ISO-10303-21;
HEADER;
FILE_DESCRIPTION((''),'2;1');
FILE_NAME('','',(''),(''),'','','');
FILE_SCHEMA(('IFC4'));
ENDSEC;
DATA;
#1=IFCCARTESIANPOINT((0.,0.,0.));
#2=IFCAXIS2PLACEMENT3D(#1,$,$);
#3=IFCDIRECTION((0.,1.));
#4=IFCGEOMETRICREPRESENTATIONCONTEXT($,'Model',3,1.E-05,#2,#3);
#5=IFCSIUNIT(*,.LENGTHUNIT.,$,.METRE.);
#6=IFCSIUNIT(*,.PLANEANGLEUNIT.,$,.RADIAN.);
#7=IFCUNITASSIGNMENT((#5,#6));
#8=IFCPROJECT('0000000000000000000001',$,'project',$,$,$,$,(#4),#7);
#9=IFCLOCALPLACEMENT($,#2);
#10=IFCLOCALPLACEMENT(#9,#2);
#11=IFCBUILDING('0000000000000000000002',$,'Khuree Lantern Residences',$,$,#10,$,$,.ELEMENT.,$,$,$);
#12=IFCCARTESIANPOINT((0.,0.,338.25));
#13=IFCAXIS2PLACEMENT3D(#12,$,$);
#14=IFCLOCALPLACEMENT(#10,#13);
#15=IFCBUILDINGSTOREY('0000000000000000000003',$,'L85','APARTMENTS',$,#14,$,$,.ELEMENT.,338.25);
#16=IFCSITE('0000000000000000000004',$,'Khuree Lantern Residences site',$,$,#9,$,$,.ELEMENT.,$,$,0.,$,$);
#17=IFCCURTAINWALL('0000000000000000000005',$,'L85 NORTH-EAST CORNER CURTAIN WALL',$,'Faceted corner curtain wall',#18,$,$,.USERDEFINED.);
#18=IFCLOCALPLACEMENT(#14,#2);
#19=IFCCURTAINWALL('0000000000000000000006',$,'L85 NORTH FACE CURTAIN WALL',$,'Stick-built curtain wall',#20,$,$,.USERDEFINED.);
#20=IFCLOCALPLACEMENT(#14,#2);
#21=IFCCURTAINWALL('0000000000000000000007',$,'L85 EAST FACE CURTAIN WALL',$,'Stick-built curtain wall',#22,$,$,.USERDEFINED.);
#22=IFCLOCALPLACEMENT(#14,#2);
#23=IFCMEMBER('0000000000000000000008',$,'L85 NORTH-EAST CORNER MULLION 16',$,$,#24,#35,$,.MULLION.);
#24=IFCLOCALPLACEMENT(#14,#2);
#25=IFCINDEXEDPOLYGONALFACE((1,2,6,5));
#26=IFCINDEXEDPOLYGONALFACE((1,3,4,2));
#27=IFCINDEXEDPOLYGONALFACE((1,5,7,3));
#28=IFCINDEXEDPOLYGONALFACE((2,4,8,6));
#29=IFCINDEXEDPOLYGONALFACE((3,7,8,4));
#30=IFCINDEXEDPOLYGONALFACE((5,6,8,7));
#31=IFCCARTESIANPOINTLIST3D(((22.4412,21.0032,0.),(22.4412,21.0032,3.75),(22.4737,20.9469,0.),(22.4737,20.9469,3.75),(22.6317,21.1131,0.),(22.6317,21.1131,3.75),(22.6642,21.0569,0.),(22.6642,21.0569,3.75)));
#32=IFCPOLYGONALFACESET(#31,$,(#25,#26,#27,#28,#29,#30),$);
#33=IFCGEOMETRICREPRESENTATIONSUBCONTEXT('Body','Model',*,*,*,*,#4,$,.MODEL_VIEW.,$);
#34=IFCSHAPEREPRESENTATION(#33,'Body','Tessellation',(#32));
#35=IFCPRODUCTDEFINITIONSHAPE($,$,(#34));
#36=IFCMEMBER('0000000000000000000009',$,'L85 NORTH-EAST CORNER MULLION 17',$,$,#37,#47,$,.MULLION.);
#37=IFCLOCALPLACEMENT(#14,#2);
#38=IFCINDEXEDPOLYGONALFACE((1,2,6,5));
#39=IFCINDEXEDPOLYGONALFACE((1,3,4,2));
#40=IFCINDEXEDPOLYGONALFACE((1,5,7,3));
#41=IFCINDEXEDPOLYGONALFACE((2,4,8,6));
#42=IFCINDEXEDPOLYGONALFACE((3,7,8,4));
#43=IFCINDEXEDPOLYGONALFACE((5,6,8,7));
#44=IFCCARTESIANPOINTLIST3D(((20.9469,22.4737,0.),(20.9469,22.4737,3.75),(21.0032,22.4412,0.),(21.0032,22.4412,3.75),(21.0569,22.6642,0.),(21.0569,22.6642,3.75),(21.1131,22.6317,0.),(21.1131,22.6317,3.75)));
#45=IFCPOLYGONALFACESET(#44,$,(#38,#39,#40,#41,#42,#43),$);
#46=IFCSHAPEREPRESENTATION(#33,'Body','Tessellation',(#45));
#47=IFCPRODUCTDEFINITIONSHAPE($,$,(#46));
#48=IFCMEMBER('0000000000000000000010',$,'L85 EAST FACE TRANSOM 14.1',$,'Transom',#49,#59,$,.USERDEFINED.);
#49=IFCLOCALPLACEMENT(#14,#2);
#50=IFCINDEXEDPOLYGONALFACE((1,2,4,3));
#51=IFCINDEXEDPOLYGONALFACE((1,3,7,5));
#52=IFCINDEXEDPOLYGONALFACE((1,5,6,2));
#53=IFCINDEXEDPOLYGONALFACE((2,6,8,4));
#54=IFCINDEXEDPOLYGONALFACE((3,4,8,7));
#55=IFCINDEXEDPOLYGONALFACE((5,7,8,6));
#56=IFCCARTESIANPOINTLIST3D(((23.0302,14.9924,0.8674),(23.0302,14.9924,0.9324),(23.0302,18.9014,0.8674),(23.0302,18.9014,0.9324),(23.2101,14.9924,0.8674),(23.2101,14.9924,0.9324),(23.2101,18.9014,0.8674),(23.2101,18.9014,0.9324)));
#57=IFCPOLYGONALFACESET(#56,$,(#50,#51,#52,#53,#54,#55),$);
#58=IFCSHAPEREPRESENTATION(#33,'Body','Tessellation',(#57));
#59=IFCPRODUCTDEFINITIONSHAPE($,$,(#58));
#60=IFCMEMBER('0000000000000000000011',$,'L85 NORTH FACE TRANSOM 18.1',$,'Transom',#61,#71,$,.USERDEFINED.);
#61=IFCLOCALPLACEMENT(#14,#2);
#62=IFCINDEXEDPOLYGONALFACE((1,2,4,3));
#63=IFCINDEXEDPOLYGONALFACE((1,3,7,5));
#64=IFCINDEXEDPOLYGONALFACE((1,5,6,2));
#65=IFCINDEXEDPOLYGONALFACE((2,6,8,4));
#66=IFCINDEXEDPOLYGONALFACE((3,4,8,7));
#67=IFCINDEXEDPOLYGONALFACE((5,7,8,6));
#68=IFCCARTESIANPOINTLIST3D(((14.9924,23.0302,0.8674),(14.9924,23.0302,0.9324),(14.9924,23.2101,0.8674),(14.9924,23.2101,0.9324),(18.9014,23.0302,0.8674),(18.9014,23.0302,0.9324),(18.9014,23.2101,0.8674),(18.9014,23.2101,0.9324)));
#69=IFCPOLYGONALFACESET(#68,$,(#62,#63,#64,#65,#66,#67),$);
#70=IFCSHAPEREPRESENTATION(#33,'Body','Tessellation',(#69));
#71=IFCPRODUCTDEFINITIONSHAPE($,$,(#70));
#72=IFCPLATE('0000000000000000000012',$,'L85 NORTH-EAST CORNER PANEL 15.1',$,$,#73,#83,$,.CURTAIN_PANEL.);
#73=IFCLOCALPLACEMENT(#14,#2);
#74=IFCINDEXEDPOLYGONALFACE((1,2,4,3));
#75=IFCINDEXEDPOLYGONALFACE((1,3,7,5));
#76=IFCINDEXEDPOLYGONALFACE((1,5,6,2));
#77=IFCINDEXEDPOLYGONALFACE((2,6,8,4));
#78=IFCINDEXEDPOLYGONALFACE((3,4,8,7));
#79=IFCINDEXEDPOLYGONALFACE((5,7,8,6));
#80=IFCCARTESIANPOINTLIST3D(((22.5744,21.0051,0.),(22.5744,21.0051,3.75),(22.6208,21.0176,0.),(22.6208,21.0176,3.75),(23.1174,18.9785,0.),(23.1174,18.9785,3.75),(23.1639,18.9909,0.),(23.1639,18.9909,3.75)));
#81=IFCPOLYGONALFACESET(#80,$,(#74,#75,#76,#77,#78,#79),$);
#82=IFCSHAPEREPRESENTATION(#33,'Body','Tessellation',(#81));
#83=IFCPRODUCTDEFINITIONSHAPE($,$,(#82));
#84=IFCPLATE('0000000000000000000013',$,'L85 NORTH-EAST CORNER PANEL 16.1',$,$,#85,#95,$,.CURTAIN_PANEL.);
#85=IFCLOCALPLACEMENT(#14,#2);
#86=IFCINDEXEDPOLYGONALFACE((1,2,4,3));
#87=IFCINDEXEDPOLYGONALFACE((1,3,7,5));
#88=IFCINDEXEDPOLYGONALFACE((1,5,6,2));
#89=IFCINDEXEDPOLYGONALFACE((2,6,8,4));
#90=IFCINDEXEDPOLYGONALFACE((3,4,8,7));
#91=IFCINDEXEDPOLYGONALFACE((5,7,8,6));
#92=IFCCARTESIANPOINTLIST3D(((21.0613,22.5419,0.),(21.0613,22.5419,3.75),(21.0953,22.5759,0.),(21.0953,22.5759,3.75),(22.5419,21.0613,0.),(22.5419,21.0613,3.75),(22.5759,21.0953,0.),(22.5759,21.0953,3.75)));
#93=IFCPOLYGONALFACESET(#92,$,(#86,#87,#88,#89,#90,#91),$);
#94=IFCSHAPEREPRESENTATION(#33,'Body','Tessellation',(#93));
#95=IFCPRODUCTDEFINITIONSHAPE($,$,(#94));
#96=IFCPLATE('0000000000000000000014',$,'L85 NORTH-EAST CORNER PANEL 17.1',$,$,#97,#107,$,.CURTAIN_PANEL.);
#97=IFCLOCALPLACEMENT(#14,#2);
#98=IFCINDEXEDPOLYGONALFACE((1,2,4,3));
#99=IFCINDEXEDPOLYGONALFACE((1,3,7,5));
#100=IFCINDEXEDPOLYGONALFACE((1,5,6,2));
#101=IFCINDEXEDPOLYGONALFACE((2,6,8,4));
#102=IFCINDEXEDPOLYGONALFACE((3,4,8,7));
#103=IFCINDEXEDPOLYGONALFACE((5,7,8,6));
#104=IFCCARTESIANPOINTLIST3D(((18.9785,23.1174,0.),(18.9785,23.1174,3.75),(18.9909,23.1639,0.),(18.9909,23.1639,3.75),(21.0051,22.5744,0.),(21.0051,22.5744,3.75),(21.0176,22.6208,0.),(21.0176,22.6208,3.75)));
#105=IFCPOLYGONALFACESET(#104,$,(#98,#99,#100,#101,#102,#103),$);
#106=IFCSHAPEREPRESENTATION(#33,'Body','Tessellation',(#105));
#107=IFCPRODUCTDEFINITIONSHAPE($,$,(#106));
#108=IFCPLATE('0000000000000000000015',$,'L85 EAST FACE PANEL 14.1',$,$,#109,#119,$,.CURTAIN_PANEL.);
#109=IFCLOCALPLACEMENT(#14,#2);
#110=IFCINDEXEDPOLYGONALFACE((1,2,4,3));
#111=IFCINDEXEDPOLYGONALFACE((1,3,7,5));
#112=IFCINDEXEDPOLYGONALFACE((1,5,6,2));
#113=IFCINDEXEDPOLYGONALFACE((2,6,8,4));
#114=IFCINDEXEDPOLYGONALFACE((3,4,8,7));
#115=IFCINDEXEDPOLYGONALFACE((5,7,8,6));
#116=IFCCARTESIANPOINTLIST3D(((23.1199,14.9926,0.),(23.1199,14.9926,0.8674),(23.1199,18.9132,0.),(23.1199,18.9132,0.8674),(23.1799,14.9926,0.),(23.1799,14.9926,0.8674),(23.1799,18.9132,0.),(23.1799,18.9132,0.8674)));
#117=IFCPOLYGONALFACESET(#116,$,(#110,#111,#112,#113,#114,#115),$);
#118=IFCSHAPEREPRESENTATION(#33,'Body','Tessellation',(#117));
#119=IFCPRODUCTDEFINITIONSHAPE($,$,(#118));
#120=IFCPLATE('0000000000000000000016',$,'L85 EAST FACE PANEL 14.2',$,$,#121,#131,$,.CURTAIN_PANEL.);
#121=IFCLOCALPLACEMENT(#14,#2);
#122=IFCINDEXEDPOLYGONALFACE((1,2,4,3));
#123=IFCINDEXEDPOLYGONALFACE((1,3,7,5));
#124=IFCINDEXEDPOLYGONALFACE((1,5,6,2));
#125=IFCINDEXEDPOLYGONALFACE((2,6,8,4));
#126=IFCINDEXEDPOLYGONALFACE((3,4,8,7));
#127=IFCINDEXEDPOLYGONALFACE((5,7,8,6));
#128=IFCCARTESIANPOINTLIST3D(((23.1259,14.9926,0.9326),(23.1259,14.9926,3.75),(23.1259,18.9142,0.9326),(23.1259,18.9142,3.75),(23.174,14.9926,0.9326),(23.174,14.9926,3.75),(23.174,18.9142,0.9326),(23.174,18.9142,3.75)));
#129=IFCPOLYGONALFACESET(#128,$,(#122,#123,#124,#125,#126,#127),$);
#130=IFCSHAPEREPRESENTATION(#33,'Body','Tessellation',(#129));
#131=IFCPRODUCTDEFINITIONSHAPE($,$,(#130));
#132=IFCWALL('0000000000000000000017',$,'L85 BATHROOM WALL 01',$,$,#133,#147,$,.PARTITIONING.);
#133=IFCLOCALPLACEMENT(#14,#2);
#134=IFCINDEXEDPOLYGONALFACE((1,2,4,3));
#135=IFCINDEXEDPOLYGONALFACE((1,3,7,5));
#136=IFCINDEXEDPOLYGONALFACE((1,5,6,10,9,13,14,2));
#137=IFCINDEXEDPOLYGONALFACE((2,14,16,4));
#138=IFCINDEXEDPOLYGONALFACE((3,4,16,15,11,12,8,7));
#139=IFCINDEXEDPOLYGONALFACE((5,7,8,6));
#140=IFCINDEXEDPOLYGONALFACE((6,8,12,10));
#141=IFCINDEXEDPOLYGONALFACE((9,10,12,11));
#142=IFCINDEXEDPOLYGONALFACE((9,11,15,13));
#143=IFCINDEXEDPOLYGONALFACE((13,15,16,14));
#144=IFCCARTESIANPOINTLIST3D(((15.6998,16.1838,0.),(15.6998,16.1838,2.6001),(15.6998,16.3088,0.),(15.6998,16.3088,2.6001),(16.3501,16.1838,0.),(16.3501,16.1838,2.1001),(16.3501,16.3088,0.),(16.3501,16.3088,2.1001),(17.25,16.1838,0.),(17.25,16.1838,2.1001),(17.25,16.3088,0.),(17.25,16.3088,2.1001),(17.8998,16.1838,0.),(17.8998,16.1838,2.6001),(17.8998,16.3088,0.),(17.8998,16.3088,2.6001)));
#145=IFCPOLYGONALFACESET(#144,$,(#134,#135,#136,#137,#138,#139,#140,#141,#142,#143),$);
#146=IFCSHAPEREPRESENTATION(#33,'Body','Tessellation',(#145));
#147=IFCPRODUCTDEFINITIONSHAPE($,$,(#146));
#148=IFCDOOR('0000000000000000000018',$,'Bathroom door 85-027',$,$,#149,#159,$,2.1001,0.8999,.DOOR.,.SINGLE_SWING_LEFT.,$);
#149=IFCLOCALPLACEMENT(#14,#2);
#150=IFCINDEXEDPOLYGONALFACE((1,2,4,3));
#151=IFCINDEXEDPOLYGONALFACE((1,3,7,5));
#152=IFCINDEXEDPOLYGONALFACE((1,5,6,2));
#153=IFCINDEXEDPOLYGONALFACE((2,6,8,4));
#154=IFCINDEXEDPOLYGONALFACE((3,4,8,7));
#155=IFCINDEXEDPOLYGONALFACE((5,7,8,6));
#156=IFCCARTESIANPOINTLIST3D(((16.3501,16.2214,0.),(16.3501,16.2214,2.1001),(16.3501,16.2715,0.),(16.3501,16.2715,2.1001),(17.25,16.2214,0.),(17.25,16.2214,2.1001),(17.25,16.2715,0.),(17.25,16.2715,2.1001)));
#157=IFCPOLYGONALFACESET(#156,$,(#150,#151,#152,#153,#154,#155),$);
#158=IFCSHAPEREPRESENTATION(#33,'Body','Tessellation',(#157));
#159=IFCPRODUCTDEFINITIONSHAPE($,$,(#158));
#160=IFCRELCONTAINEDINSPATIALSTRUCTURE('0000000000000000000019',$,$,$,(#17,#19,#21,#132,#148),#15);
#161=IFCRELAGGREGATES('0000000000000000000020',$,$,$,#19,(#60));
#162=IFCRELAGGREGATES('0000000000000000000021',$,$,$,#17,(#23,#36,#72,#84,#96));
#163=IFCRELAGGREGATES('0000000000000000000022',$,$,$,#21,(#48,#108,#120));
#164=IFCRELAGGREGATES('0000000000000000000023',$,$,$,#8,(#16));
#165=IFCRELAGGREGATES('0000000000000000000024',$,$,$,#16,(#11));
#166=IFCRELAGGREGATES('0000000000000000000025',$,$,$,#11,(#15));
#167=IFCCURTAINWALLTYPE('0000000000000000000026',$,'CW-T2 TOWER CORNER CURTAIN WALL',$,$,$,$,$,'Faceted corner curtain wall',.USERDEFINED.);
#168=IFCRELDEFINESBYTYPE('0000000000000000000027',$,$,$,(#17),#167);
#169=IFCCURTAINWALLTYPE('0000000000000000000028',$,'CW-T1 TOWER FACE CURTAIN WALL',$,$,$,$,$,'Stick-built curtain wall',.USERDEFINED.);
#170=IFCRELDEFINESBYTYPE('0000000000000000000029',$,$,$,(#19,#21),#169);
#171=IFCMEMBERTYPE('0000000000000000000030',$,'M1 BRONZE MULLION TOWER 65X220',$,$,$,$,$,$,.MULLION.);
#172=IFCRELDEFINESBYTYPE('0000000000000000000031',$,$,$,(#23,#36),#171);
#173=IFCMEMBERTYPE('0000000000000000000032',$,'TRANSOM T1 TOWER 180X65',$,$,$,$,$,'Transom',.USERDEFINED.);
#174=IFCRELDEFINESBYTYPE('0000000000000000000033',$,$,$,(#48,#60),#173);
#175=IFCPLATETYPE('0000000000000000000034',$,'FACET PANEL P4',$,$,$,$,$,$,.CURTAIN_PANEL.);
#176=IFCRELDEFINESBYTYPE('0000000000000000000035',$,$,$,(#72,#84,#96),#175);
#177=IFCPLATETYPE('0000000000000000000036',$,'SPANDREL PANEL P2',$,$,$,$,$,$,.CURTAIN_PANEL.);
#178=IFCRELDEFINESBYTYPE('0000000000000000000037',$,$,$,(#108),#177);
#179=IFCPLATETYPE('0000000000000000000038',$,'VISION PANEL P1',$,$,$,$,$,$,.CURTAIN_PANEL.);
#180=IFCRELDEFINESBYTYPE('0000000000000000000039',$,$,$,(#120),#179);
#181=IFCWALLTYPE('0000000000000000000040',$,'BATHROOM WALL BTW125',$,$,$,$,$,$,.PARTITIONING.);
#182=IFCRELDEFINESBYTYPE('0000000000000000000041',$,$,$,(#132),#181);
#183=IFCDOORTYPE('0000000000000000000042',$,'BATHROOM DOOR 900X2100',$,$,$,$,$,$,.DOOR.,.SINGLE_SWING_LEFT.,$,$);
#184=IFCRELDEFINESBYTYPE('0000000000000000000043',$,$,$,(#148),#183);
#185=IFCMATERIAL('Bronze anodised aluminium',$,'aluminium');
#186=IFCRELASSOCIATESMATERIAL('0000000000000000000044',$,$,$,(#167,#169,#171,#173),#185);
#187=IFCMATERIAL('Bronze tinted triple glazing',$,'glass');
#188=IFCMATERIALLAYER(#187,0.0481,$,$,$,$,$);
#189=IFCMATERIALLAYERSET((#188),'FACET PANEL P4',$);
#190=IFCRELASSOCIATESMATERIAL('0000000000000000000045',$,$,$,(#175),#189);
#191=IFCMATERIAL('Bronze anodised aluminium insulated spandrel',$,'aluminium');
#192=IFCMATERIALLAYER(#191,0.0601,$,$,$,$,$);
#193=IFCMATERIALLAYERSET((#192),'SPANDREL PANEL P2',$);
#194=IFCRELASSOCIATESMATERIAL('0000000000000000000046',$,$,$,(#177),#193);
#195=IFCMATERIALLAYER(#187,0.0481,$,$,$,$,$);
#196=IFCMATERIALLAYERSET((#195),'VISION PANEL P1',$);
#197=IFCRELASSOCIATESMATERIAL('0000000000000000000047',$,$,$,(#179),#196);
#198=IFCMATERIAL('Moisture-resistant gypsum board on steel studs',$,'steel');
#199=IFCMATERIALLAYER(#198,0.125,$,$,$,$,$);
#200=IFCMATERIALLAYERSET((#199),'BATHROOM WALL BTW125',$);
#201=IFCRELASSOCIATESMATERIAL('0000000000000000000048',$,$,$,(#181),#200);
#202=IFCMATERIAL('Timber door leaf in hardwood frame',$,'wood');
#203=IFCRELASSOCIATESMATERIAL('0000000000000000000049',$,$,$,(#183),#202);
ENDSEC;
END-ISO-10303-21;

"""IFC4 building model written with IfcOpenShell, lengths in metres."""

from ifc_helpers import new_model, si_unit, direction, frame, frame_2d, origin, origin_2d, place, context, subcontext, project, spatial, rectangle, extrude, material, layer, layer_set, material_profile, profile_set, type_object, element, fill, aggregate, save


model = new_model("IFC4")

# Units and contexts
model_context = context("Model", 3, precision=1e-05, world=origin(), true_north=direction((0.0, 1.0)))
body_context = subcontext(model_context, "Body", "Model", "MODEL_VIEW")
ifc_project = project(units=[si_unit("LENGTHUNIT", "METRE"), si_unit("PLANEANGLEUNIT", "RADIAN")], contexts=[model_context])

# Site, building, storey
site_placement = place(None, origin())
site = spatial("IfcSite", under=ifc_project, at=site_placement, Name="Khuree Lantern Residences site", CompositionType="ELEMENT", RefElevation=0.0)
building_placement = place(site_placement, origin())
building = spatial("IfcBuilding", under=site, at=building_placement, Name="Khuree Lantern Residences", CompositionType="ELEMENT")
storey_placement = place(building_placement, frame((0.0, 0.0, 338.25)))
storey = spatial("IfcBuildingStorey", under=building, at=storey_placement, Name="L85", Description="APARTMENTS", CompositionType="ELEMENT", Elevation=338.25)

# Curtain walls
ifc_material_1 = material(Name="Bronze anodised aluminium", Category="aluminium")
curtain_wall_type_1 = type_object("IfcCurtainWallType", Name="CW-T2 TOWER CORNER CURTAIN WALL", ElementType="Faceted corner curtain wall", PredefinedType="USERDEFINED", material=ifc_material_1)
curtain_wall_1_placement = place(storey_placement, origin())
curtain_wall_1 = element("IfcCurtainWall", 1, at=curtain_wall_1_placement, inside=storey, type_object=curtain_wall_type_1, Name="L85 NORTH-EAST CORNER CURTAIN WALL", ObjectType="Faceted corner curtain wall", PredefinedType="USERDEFINED")
curtain_wall_type_2 = type_object("IfcCurtainWallType", Name="CW-T1 TOWER FACE CURTAIN WALL", ElementType="Stick-built curtain wall", PredefinedType="USERDEFINED", material=ifc_material_1)
curtain_wall_2_placement = place(storey_placement, origin())
curtain_wall_2 = element("IfcCurtainWall", 2, at=curtain_wall_2_placement, inside=storey, type_object=curtain_wall_type_2, Name="L85 NORTH FACE CURTAIN WALL", ObjectType="Stick-built curtain wall", PredefinedType="USERDEFINED")

# Curtain wall
curtain_wall_3_placement = place(storey_placement, origin())
curtain_wall_3 = element("IfcCurtainWall", 3, at=curtain_wall_3_placement, inside=storey, type_object=curtain_wall_type_2, Name="L85 EAST FACE CURTAIN WALL", ObjectType="Stick-built curtain wall", PredefinedType="USERDEFINED")
ifc_material_profile_1 = material_profile(ifc_material_1, rectangle(XDim=0.0649, YDim=0.22, at=origin_2d()), Name="M1 65X220")
ifc_profile_set_1 = profile_set([ifc_material_profile_1], Name="Bronze anodised aluminium")
member_type_1 = type_object("IfcMemberType", Name="M1 BRONZE MULLION TOWER 65X220", PredefinedType="MULLION", material=ifc_profile_set_1)

# Members
member_1_placement = place(storey_placement, frame((22.5527, 21.03, 0.0), z_axis=(0.0, 0.0, 1.0), x_axis=(-0.5, 0.866025, 0.0)))
member_1 = element("IfcMember", 4, at=member_1_placement, type_object=member_type_1, Name="L85 NORTH-EAST CORNER MULLION 16", PredefinedType="MULLION", context=body_context, shape_type="SweptSolid", body=[
    extrude(rectangle(XDim=0.0649, YDim=0.22, at=origin_2d()), origin(), (0.0, 0.0, 1.0), 3.75),
])
member_2_placement = place(storey_placement, frame((21.03, 22.5527, 0.0), z_axis=(0.0, 0.0, 1.0), x_axis=(-0.866025, 0.5, 0.0)))
member_2 = element("IfcMember", 5, at=member_2_placement, type_object=member_type_1, Name="L85 NORTH-EAST CORNER MULLION 17", PredefinedType="MULLION", context=body_context, shape_type="SweptSolid", body=[
    extrude(rectangle(XDim=0.0649, YDim=0.22, at=origin_2d()), origin(), (0.0, 0.0, 1.0), 3.75),
])
ifc_material_profile_2 = material_profile(ifc_material_1, rectangle(XDim=0.1799, YDim=0.0649, at=origin_2d()), Name="T1 180X65")
ifc_profile_set_2 = profile_set([ifc_material_profile_2], Name="Bronze anodised aluminium")
member_type_2 = type_object("IfcMemberType", Name="TRANSOM T1 TOWER 180X65", ElementType="Transom", PredefinedType="USERDEFINED", material=ifc_profile_set_2)
member_3_placement = place(storey_placement, frame((23.1201, 14.9924, 0.8999), z_axis=(0.0, 1.0, 0.0), x_axis=(-1.0, 0.0, 0.0)))
member_3 = element("IfcMember", 6, at=member_3_placement, type_object=member_type_2, Name="L85 EAST FACE TRANSOM 14.1", ObjectType="Transom", PredefinedType="USERDEFINED", context=body_context, shape_type="SweptSolid", body=[
    extrude(rectangle(XDim=0.1799, YDim=0.0649, at=origin_2d()), origin(), (0.0, 0.0, 1.0), 3.9089),
])
member_4_placement = place(storey_placement, frame((18.9014, 23.1201, 0.8999), z_axis=(-1.0, 0.0, 0.0), x_axis=(0.0, -1.0, 0.0)))
member_4 = element("IfcMember", 7, at=member_4_placement, type_object=member_type_2, Name="L85 NORTH FACE TRANSOM 18.1", ObjectType="Transom", PredefinedType="USERDEFINED", context=body_context, shape_type="SweptSolid", body=[
    extrude(rectangle(XDim=0.1799, YDim=0.0649, at=origin_2d()), origin(), (0.0, 0.0, 1.0), 3.9089),
])
aggregate(curtain_wall_2, [member_4])

# Plates
ifc_material_2 = material(Name="Bronze tinted triple glazing", Category="glass")
ifc_layer_1 = layer(ifc_material_2, 0.0481)
ifc_layer_set_1 = layer_set([ifc_layer_1], Name="FACET PANEL P4")
plate_type_1 = type_object("IfcPlateType", Name="FACET PANEL P4", PredefinedType="CURTAIN_PANEL", material=ifc_layer_set_1)
plate_1_placement = place(storey_placement, frame((22.8691, 19.998, 0.0), z_axis=(0.0, 0.0, 1.0), x_axis=(-0.258819, 0.965926, 0.0)))
plate_1 = element("IfcPlate", 8, at=plate_1_placement, type_object=plate_type_1, Name="L85 NORTH-EAST CORNER PANEL 15.1", PredefinedType="CURTAIN_PANEL", context=body_context, shape_type="SweptSolid", body=[
    extrude(rectangle(XDim=2.0981, YDim=0.0481, at=origin_2d()), origin(), (0.0, 0.0, 1.0), 3.75),
])
plate_2_placement = place(storey_placement, frame((21.8186, 21.8186, 0.0), z_axis=(0.0, 0.0, 1.0), x_axis=(-0.707107, 0.707107, 0.0)))
plate_2 = element("IfcPlate", 9, at=plate_2_placement, type_object=plate_type_1, Name="L85 NORTH-EAST CORNER PANEL 16.1", PredefinedType="CURTAIN_PANEL", context=body_context, shape_type="SweptSolid", body=[
    extrude(rectangle(XDim=2.094, YDim=0.0481, at=origin_2d()), origin(), (0.0, 0.0, 1.0), 3.75),
])
plate_3_placement = place(storey_placement, frame((19.998, 22.8691, 0.0), z_axis=(0.0, 0.0, 1.0), x_axis=(-0.965926, 0.258819, 0.0)))
plate_3 = element("IfcPlate", 10, at=plate_3_placement, type_object=plate_type_1, Name="L85 NORTH-EAST CORNER PANEL 17.1", PredefinedType="CURTAIN_PANEL", context=body_context, shape_type="SweptSolid", body=[
    extrude(rectangle(XDim=2.0981, YDim=0.0481, at=origin_2d()), origin(), (0.0, 0.0, 1.0), 3.75),
])
aggregate(curtain_wall_1, [member_1, member_2, plate_1, plate_2, plate_3])
ifc_material_3 = material(Name="Bronze anodised aluminium insulated spandrel", Category="aluminium")
ifc_layer_2 = layer(ifc_material_3, 0.0601)
ifc_layer_set_2 = layer_set([ifc_layer_2], Name="SPANDREL PANEL P2")
plate_type_2 = type_object("IfcPlateType", Name="SPANDREL PANEL P2", PredefinedType="CURTAIN_PANEL", material=ifc_layer_set_2)
plate_4_placement = place(storey_placement, frame((23.1499, 16.9529, 0.0), z_axis=(0.0, 0.0, 1.0), x_axis=(0.0, 1.0, 0.0)))
plate_4 = element("IfcPlate", 11, at=plate_4_placement, type_object=plate_type_2, Name="L85 EAST FACE PANEL 14.1", PredefinedType="CURTAIN_PANEL", context=body_context, shape_type="SweptSolid", body=[
    extrude(rectangle(XDim=3.9207, YDim=0.0601, at=origin_2d()), origin(), (0.0, 0.0, 1.0), 0.8674),
])
ifc_layer_3 = layer(ifc_material_2, 0.0481)
ifc_layer_set_3 = layer_set([ifc_layer_3], Name="VISION PANEL P1")
plate_type_3 = type_object("IfcPlateType", Name="VISION PANEL P1", PredefinedType="CURTAIN_PANEL", material=ifc_layer_set_3)
plate_5_placement = place(storey_placement, frame((23.1499, 16.9534, 0.9326), z_axis=(0.0, 0.0, 1.0), x_axis=(0.0, 1.0, 0.0)))
plate_5 = element("IfcPlate", 12, at=plate_5_placement, type_object=plate_type_3, Name="L85 EAST FACE PANEL 14.2", PredefinedType="CURTAIN_PANEL", context=body_context, shape_type="SweptSolid", body=[
    extrude(rectangle(XDim=3.9216, YDim=0.0481, at=origin_2d()), origin(), (0.0, 0.0, 1.0), 2.8174),
])
aggregate(curtain_wall_3, [member_3, plate_4, plate_5])

# Wall, opening, door
ifc_material_4 = material(Name="Moisture-resistant gypsum board on steel studs", Category="steel")
ifc_layer_4 = layer(ifc_material_4, 0.125)
ifc_layer_set_4 = layer_set([ifc_layer_4], Name="BATHROOM WALL BTW125")
wall_type = type_object("IfcWallType", Name="BATHROOM WALL BTW125", PredefinedType="PARTITIONING", material=ifc_layer_set_4)
wall_placement = place(storey_placement, frame((17.8999, 16.2463, 0.0), z_axis=(0.0, 0.0, 1.0), x_axis=(-1.0, 0.0, 0.0)))
wall = element("IfcWall", 13, at=wall_placement, inside=storey, type_object=wall_type, Name="L85 BATHROOM WALL 01", PredefinedType="PARTITIONING", context=body_context, shape_type="SweptSolid", body=[
    extrude(rectangle(XDim=2.2, YDim=0.125, at=frame_2d((1.1001, 0.0))), origin(), (0.0, 0.0, 1.0), 2.6001),
])
opening_placement = place(wall_placement, frame((0.6499, 0.0, 0.0)))
opening = element("IfcOpeningElement", 14, at=opening_placement, cuts=wall, PredefinedType="OPENING", context=body_context, shape_type="SweptSolid", body=[
    extrude(rectangle(XDim=0.8999, YDim=2.1001, at=frame_2d((0.45, 1.05))), frame((0.0, 0.0725, 0.0), z_axis=(0.0, -1.0, 0.0), x_axis=(1.0, 0.0, 0.0)), (0.0, 0.0, 1.0), 0.145),
])
ifc_material_5 = material(Name="Timber door leaf in hardwood frame", Category="wood")
door_type = type_object("IfcDoorType", Name="BATHROOM DOOR 900X2100", OperationType="SINGLE_SWING_LEFT", PredefinedType="DOOR", material=ifc_material_5)
door_placement = place(opening_placement, origin())
door = element("IfcDoor", 15, at=door_placement, inside=storey, type_object=door_type, Name="Bathroom door 85-027", OperationType="SINGLE_SWING_LEFT", OverallHeight=2.1001, OverallWidth=0.8999, PredefinedType="DOOR", context=body_context, shape_type="SweptSolid", body=[
    extrude(rectangle(XDim=0.8999, YDim=2.1001, at=frame_2d((0.45, 1.05))), frame((0.0, 0.0249, 0.0), z_axis=(0.0, -1.0, 0.0), x_axis=(1.0, 0.0, 0.0)), (0.0, 0.0, 1.0), 0.05),
])
fill(opening, door)

save(model, "model.ifc")
